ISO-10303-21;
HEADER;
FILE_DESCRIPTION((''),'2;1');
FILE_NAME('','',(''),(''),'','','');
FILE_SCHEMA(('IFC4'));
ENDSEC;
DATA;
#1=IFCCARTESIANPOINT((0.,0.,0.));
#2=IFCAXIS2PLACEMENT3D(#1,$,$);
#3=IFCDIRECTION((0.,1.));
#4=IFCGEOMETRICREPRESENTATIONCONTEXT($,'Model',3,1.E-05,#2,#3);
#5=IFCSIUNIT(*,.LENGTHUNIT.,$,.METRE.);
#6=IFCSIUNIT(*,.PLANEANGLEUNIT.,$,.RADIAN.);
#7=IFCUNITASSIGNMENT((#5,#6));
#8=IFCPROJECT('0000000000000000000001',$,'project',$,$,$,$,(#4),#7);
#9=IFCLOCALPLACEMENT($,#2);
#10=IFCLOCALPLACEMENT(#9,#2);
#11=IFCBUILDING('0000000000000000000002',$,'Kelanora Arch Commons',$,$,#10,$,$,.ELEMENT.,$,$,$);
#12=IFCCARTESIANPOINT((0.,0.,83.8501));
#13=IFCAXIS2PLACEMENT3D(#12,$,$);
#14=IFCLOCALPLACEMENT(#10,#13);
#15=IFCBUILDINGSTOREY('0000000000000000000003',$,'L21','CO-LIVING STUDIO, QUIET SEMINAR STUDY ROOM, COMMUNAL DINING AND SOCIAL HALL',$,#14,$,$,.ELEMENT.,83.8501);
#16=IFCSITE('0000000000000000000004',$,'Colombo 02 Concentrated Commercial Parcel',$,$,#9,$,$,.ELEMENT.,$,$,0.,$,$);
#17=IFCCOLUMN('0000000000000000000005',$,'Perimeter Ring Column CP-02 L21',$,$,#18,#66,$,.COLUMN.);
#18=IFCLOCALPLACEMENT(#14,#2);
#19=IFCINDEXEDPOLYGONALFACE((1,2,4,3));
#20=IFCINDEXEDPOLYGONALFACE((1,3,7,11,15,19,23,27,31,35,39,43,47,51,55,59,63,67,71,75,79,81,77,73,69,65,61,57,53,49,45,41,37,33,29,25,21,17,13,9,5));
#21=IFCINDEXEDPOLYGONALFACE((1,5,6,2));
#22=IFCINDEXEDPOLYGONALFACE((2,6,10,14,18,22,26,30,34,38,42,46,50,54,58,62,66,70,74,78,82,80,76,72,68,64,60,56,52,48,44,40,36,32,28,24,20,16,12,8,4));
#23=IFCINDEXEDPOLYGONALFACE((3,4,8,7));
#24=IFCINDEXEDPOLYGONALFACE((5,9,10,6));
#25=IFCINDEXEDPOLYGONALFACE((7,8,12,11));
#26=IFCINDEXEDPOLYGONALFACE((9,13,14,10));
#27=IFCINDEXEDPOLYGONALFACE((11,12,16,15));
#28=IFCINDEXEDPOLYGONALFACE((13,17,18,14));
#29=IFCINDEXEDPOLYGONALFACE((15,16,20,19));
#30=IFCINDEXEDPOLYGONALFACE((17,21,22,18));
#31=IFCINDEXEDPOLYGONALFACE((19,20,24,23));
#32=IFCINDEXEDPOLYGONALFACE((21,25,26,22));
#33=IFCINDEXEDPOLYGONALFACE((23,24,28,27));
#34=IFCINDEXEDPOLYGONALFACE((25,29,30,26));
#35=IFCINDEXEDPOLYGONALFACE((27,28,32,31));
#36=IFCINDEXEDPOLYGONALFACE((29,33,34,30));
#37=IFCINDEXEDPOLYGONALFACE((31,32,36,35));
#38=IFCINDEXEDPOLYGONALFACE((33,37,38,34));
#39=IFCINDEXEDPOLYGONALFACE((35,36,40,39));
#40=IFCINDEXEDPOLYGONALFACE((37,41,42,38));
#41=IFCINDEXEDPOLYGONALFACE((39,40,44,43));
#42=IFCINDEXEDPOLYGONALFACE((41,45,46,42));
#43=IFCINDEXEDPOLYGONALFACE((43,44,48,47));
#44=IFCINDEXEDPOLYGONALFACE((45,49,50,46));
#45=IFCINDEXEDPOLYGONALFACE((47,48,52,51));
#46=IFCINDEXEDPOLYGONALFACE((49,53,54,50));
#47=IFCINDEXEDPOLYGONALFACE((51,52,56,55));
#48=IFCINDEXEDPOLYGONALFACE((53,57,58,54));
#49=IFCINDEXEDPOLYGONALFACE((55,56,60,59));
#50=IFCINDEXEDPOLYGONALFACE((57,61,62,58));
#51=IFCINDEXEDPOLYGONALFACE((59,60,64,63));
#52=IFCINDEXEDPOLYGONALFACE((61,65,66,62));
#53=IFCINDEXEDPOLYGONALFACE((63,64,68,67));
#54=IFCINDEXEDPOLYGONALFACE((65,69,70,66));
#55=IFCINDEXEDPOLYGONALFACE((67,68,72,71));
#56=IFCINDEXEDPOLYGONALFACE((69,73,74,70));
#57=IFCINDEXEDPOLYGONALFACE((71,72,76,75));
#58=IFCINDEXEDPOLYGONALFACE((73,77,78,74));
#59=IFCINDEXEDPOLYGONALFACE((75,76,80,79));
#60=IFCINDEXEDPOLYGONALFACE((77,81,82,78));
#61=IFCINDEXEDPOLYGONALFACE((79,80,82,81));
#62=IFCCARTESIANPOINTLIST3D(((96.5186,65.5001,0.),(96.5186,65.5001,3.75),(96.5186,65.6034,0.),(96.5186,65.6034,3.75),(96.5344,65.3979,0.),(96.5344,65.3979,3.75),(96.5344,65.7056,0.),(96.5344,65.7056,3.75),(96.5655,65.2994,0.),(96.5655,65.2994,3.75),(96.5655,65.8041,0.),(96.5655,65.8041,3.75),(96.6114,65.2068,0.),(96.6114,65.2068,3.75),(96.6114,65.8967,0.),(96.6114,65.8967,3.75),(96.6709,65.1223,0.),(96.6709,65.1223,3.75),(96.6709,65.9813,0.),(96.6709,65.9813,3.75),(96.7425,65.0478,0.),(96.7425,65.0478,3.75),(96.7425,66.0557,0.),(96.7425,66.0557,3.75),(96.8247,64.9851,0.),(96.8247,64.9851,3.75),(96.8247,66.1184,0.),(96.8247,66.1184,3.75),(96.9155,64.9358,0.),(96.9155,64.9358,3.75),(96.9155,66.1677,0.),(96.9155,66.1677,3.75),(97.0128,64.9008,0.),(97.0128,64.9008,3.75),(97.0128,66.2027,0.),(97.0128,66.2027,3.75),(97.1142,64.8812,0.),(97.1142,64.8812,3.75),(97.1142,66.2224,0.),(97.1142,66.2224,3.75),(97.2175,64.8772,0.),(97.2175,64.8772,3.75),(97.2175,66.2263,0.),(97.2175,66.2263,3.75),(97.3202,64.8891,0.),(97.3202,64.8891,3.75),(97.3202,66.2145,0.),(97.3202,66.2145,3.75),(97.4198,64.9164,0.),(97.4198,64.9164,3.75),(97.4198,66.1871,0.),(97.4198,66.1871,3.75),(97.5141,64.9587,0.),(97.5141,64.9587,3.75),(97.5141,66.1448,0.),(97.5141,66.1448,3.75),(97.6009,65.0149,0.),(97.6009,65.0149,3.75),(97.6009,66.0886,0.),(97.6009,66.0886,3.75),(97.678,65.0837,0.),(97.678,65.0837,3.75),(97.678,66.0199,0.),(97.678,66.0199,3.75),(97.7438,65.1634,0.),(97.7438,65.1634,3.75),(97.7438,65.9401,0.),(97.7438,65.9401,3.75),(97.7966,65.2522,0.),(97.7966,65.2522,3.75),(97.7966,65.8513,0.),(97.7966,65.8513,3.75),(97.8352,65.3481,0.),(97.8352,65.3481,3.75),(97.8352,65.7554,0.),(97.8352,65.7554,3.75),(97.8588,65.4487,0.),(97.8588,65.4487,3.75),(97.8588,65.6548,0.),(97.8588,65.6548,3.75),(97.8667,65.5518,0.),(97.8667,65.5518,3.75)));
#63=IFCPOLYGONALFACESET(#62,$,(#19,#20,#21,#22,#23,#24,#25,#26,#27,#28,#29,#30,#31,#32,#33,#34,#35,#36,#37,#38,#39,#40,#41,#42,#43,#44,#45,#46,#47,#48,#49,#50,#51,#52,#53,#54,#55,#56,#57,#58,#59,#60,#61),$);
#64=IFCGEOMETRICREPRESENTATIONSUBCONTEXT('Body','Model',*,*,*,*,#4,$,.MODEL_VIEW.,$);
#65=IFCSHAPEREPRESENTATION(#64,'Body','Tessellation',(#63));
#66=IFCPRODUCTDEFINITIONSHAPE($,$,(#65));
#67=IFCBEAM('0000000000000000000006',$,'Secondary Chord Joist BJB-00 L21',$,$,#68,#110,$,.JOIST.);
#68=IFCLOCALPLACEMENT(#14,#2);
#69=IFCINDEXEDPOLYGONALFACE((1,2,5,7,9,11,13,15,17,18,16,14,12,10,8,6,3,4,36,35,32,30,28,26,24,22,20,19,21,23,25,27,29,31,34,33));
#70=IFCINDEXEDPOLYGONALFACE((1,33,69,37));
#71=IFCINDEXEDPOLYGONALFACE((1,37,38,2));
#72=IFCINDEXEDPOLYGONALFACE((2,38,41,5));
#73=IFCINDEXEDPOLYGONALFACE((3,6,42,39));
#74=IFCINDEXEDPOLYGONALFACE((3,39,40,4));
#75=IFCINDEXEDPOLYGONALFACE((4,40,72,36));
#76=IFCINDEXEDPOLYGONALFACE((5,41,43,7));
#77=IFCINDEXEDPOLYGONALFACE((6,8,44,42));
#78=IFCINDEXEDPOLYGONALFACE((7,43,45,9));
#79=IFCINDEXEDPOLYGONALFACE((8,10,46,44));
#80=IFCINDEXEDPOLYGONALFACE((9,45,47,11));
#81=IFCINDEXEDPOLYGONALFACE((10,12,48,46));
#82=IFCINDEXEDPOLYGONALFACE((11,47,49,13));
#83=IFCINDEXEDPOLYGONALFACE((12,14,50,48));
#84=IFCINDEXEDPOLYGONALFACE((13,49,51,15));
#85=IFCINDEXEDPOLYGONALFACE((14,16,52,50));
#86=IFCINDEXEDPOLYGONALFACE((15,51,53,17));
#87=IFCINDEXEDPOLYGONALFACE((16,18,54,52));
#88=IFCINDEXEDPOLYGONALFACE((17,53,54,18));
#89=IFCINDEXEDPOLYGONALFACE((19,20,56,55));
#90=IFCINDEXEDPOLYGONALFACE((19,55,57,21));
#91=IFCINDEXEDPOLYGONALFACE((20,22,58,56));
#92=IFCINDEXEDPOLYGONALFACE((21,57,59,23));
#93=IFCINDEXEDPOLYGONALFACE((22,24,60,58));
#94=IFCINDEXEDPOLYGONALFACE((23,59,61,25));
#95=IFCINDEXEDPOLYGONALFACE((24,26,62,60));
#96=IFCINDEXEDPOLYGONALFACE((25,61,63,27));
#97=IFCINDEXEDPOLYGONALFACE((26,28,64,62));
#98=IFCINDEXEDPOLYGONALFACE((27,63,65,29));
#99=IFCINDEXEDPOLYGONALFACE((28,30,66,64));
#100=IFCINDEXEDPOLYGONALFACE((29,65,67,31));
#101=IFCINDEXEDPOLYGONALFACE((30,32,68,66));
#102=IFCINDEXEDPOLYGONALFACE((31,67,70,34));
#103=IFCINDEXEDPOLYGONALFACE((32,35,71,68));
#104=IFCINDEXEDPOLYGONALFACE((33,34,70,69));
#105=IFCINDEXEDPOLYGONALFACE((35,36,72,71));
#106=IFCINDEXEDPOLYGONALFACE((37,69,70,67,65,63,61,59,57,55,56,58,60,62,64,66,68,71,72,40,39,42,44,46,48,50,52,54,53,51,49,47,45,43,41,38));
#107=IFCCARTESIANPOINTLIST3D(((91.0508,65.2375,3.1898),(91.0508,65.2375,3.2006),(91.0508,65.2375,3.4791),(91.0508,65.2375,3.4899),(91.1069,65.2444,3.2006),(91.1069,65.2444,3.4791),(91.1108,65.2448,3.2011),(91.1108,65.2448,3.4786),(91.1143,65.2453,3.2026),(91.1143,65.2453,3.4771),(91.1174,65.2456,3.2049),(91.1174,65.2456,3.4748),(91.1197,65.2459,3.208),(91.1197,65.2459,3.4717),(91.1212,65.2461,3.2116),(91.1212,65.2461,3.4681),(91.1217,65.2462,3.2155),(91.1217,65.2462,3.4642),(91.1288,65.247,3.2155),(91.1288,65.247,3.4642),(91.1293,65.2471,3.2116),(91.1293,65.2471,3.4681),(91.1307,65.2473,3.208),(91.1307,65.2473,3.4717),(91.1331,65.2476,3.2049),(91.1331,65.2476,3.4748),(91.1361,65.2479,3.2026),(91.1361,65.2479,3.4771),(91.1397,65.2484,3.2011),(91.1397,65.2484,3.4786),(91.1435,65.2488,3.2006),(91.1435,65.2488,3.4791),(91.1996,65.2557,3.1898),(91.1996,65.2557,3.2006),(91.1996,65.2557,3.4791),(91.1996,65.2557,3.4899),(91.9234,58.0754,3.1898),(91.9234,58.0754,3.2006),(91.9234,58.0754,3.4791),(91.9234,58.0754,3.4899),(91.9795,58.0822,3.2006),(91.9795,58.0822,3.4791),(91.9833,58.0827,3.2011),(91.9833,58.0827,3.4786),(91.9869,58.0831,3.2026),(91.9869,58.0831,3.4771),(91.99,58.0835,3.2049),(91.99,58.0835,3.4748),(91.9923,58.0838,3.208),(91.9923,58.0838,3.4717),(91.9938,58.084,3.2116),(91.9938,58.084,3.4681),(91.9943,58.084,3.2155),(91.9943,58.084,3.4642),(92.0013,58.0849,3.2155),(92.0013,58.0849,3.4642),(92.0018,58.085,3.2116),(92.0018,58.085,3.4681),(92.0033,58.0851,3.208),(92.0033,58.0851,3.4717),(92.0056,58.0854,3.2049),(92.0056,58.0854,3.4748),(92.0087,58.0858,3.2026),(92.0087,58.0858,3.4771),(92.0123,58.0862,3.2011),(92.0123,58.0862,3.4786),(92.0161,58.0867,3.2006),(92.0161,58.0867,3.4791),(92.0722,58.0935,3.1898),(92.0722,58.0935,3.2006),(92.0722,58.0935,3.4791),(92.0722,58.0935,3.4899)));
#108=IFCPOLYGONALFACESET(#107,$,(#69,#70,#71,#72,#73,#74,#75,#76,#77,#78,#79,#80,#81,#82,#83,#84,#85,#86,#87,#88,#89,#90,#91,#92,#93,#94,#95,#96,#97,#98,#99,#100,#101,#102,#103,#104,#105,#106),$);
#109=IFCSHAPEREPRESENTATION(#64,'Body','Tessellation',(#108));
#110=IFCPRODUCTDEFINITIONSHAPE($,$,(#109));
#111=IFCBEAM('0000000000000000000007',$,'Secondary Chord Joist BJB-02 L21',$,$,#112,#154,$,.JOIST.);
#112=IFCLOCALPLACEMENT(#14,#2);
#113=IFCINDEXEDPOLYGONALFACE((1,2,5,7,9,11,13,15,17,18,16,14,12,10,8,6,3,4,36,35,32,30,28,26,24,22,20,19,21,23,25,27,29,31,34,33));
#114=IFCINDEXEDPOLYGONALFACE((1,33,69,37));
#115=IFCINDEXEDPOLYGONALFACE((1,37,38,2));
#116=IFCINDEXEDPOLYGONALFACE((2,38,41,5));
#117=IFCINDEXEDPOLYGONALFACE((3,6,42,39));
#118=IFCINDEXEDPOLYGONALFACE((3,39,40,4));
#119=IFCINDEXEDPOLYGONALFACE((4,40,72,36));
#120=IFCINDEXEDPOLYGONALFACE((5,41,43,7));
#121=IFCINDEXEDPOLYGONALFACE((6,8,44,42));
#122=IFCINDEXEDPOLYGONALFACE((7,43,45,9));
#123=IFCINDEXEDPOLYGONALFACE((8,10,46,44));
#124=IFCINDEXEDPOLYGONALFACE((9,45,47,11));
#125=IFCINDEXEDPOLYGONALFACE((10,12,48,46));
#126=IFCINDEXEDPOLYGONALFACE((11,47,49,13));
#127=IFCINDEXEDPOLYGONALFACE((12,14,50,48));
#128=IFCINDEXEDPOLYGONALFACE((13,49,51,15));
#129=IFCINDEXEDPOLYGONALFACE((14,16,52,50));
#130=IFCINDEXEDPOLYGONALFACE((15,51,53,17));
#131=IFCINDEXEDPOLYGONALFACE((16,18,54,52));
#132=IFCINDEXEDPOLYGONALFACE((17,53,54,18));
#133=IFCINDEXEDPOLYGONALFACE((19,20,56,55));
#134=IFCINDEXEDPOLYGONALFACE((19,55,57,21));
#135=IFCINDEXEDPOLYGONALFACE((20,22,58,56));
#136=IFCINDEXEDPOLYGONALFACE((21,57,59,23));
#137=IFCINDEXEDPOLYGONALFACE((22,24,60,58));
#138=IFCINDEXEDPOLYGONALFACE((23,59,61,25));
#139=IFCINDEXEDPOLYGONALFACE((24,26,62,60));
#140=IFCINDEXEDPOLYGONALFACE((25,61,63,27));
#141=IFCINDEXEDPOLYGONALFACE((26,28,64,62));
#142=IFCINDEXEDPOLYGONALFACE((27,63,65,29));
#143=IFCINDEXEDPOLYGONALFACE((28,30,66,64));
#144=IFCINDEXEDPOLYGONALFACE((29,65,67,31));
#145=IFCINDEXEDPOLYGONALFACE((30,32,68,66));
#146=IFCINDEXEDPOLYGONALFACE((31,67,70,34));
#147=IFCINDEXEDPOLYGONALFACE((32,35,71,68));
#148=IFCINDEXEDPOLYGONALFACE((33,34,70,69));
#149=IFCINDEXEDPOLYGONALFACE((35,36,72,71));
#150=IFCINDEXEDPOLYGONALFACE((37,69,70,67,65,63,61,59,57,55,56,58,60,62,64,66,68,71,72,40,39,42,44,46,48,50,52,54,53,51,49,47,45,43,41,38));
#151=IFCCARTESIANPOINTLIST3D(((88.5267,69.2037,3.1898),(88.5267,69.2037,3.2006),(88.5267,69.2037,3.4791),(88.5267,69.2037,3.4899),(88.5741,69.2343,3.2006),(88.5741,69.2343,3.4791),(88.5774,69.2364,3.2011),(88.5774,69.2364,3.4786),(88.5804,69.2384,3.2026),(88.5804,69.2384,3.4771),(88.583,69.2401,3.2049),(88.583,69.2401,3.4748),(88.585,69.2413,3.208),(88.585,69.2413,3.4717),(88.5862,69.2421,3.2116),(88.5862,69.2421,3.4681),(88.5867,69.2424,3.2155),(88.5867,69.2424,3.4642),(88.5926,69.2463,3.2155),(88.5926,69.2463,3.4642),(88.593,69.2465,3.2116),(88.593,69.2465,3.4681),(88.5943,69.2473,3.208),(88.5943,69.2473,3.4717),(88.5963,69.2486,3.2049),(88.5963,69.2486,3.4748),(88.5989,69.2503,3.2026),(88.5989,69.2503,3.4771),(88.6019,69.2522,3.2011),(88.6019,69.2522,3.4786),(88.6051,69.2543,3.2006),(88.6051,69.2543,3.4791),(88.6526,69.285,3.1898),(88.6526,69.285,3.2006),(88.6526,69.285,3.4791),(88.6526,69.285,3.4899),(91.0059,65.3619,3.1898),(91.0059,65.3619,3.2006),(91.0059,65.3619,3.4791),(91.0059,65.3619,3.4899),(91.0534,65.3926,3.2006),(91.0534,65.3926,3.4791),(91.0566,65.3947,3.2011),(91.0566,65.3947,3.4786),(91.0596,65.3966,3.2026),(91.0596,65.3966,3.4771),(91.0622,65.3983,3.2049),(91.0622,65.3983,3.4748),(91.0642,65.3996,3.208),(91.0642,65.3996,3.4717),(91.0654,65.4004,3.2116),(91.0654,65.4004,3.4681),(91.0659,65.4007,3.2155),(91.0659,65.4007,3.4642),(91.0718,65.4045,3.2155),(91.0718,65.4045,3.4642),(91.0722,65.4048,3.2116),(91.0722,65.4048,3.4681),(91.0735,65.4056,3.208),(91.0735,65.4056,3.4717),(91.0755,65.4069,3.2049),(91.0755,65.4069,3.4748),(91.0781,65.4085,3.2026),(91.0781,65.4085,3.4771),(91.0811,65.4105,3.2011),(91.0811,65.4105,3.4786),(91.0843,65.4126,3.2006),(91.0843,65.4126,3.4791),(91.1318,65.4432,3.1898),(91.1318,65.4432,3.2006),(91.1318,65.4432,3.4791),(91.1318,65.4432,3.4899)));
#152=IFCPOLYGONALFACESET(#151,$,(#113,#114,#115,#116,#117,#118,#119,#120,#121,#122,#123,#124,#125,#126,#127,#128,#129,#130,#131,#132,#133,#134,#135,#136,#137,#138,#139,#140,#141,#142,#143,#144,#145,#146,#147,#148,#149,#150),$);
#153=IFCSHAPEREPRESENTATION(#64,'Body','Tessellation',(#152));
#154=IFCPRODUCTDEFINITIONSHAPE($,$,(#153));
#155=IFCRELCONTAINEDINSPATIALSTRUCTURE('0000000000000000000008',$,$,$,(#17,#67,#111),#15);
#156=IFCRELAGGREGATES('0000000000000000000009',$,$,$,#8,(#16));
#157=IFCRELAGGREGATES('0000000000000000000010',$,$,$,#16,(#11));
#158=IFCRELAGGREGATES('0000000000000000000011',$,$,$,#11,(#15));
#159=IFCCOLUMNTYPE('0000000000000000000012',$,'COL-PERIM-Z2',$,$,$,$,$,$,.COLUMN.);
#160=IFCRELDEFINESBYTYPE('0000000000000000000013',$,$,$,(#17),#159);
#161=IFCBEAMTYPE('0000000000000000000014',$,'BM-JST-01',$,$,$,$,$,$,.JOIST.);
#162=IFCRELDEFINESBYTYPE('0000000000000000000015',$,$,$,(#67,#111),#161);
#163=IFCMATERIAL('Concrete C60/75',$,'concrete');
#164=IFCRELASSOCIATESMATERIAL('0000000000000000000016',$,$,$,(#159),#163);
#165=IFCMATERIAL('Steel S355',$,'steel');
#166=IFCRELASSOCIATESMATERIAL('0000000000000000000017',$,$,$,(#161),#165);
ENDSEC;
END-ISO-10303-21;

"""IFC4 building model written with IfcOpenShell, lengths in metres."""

from ifc_helpers import new_model, si_unit, direction, frame, origin, origin_2d, place, context, subcontext, project, spatial, circle, i_section, extrude, material, material_profile, profile_set, type_object, element, save


model = new_model("IFC4")

# Units and contexts
model_context = context("Model", 3, precision=1e-05, world=origin(), true_north=direction((0.0, 1.0)))
body_context = subcontext(model_context, "Body", "Model", "MODEL_VIEW")
ifc_project = project(units=[si_unit("LENGTHUNIT", "METRE"), si_unit("PLANEANGLEUNIT", "RADIAN")], contexts=[model_context])

# Site, building, storey
site_placement = place(None, origin())
site = spatial("IfcSite", under=ifc_project, at=site_placement, Name="Colombo 02 Concentrated Commercial Parcel", CompositionType="ELEMENT", RefElevation=0.0)
building_placement = place(site_placement, origin())
building = spatial("IfcBuilding", under=site, at=building_placement, Name="Kelanora Arch Commons", CompositionType="ELEMENT")
storey_placement = place(building_placement, frame((0.0, 0.0, 83.8501)))
storey = spatial("IfcBuildingStorey", under=building, at=storey_placement, Name="L21", Description="CO-LIVING STUDIO, QUIET SEMINAR STUDY ROOM, COMMUNAL DINING AND SOCIAL HALL", CompositionType="ELEMENT", Elevation=83.8501)

# Column
ifc_material_1 = material(Name="Concrete C60/75", Category="concrete")
ifc_material_profile_1 = material_profile(ifc_material_1, circle(Radius=0.675, at=origin_2d()), Name="RCC1350")
ifc_profile_set_1 = profile_set([ifc_material_profile_1], Name="Concrete C60/75")
column_type = type_object("IfcColumnType", Name="COL-PERIM-Z2", PredefinedType="COLUMN", material=ifc_profile_set_1)
column_placement = place(storey_placement, frame((97.1917, 65.5518, 0.0), z_axis=(0.0, 0.0, 1.0), x_axis=(1.0, 0.0, 0.0)))
element("IfcColumn", 1, at=column_placement, inside=storey, type_object=column_type, Name="Perimeter Ring Column CP-02 L21", PredefinedType="COLUMN", context=body_context, shape_type="SweptSolid", body=[
    extrude(circle(Radius=0.675, at=origin_2d()), origin(), (0.0, 0.0, 1.0), 3.75),
])

# Beams
ifc_material_2 = material(Name="Steel S355", Category="steel")
ifc_material_profile_2 = material_profile(ifc_material_2, i_section(OverallWidth=0.1499, OverallDepth=0.3, WebThickness=0.0071, FlangeThickness=0.0107, FilletRadius=0.0149, at=origin_2d()), Name="IPE300")
ifc_profile_set_2 = profile_set([ifc_material_profile_2], Name="Steel S355")
beam_type_1 = type_object("IfcBeamType", Name="BM-JST-01", PredefinedType="JOIST", material=ifc_profile_set_2)
beam_1_placement = place(storey_placement, frame((91.9978, 58.0845, 3.3398), z_axis=(-0.120936, 0.99266, 0.0), x_axis=(-0.99266, -0.120936, 0.0)))
element("IfcBeam", 2, at=beam_1_placement, inside=storey, type_object=beam_type_1, Name="Secondary Chord Joist BJB-00 L21", PredefinedType="JOIST", context=body_context, shape_type="SweptSolid", body=[
    extrude(i_section(OverallWidth=0.1499, OverallDepth=0.3, WebThickness=0.0071, FlangeThickness=0.0107, FilletRadius=0.0149, at=origin_2d()), origin(), (0.0, 0.0, 1.0), 7.2151),
])
beam_2_placement = place(storey_placement, frame((91.0688, 65.4026, 3.3398), z_axis=(-0.54223, 0.84023, 0.0), x_axis=(-0.84023, -0.54223, 0.0)))
element("IfcBeam", 3, at=beam_2_placement, inside=storey, type_object=beam_type_1, Name="Secondary Chord Joist BJB-02 L21", PredefinedType="JOIST", context=body_context, shape_type="SweptSolid", body=[
    extrude(i_section(OverallWidth=0.1499, OverallDepth=0.3, WebThickness=0.0071, FlangeThickness=0.0107, FilletRadius=0.0149, at=origin_2d()), origin(), (0.0, 0.0, 1.0), 4.5723),
])

save(model, "model.ifc")
